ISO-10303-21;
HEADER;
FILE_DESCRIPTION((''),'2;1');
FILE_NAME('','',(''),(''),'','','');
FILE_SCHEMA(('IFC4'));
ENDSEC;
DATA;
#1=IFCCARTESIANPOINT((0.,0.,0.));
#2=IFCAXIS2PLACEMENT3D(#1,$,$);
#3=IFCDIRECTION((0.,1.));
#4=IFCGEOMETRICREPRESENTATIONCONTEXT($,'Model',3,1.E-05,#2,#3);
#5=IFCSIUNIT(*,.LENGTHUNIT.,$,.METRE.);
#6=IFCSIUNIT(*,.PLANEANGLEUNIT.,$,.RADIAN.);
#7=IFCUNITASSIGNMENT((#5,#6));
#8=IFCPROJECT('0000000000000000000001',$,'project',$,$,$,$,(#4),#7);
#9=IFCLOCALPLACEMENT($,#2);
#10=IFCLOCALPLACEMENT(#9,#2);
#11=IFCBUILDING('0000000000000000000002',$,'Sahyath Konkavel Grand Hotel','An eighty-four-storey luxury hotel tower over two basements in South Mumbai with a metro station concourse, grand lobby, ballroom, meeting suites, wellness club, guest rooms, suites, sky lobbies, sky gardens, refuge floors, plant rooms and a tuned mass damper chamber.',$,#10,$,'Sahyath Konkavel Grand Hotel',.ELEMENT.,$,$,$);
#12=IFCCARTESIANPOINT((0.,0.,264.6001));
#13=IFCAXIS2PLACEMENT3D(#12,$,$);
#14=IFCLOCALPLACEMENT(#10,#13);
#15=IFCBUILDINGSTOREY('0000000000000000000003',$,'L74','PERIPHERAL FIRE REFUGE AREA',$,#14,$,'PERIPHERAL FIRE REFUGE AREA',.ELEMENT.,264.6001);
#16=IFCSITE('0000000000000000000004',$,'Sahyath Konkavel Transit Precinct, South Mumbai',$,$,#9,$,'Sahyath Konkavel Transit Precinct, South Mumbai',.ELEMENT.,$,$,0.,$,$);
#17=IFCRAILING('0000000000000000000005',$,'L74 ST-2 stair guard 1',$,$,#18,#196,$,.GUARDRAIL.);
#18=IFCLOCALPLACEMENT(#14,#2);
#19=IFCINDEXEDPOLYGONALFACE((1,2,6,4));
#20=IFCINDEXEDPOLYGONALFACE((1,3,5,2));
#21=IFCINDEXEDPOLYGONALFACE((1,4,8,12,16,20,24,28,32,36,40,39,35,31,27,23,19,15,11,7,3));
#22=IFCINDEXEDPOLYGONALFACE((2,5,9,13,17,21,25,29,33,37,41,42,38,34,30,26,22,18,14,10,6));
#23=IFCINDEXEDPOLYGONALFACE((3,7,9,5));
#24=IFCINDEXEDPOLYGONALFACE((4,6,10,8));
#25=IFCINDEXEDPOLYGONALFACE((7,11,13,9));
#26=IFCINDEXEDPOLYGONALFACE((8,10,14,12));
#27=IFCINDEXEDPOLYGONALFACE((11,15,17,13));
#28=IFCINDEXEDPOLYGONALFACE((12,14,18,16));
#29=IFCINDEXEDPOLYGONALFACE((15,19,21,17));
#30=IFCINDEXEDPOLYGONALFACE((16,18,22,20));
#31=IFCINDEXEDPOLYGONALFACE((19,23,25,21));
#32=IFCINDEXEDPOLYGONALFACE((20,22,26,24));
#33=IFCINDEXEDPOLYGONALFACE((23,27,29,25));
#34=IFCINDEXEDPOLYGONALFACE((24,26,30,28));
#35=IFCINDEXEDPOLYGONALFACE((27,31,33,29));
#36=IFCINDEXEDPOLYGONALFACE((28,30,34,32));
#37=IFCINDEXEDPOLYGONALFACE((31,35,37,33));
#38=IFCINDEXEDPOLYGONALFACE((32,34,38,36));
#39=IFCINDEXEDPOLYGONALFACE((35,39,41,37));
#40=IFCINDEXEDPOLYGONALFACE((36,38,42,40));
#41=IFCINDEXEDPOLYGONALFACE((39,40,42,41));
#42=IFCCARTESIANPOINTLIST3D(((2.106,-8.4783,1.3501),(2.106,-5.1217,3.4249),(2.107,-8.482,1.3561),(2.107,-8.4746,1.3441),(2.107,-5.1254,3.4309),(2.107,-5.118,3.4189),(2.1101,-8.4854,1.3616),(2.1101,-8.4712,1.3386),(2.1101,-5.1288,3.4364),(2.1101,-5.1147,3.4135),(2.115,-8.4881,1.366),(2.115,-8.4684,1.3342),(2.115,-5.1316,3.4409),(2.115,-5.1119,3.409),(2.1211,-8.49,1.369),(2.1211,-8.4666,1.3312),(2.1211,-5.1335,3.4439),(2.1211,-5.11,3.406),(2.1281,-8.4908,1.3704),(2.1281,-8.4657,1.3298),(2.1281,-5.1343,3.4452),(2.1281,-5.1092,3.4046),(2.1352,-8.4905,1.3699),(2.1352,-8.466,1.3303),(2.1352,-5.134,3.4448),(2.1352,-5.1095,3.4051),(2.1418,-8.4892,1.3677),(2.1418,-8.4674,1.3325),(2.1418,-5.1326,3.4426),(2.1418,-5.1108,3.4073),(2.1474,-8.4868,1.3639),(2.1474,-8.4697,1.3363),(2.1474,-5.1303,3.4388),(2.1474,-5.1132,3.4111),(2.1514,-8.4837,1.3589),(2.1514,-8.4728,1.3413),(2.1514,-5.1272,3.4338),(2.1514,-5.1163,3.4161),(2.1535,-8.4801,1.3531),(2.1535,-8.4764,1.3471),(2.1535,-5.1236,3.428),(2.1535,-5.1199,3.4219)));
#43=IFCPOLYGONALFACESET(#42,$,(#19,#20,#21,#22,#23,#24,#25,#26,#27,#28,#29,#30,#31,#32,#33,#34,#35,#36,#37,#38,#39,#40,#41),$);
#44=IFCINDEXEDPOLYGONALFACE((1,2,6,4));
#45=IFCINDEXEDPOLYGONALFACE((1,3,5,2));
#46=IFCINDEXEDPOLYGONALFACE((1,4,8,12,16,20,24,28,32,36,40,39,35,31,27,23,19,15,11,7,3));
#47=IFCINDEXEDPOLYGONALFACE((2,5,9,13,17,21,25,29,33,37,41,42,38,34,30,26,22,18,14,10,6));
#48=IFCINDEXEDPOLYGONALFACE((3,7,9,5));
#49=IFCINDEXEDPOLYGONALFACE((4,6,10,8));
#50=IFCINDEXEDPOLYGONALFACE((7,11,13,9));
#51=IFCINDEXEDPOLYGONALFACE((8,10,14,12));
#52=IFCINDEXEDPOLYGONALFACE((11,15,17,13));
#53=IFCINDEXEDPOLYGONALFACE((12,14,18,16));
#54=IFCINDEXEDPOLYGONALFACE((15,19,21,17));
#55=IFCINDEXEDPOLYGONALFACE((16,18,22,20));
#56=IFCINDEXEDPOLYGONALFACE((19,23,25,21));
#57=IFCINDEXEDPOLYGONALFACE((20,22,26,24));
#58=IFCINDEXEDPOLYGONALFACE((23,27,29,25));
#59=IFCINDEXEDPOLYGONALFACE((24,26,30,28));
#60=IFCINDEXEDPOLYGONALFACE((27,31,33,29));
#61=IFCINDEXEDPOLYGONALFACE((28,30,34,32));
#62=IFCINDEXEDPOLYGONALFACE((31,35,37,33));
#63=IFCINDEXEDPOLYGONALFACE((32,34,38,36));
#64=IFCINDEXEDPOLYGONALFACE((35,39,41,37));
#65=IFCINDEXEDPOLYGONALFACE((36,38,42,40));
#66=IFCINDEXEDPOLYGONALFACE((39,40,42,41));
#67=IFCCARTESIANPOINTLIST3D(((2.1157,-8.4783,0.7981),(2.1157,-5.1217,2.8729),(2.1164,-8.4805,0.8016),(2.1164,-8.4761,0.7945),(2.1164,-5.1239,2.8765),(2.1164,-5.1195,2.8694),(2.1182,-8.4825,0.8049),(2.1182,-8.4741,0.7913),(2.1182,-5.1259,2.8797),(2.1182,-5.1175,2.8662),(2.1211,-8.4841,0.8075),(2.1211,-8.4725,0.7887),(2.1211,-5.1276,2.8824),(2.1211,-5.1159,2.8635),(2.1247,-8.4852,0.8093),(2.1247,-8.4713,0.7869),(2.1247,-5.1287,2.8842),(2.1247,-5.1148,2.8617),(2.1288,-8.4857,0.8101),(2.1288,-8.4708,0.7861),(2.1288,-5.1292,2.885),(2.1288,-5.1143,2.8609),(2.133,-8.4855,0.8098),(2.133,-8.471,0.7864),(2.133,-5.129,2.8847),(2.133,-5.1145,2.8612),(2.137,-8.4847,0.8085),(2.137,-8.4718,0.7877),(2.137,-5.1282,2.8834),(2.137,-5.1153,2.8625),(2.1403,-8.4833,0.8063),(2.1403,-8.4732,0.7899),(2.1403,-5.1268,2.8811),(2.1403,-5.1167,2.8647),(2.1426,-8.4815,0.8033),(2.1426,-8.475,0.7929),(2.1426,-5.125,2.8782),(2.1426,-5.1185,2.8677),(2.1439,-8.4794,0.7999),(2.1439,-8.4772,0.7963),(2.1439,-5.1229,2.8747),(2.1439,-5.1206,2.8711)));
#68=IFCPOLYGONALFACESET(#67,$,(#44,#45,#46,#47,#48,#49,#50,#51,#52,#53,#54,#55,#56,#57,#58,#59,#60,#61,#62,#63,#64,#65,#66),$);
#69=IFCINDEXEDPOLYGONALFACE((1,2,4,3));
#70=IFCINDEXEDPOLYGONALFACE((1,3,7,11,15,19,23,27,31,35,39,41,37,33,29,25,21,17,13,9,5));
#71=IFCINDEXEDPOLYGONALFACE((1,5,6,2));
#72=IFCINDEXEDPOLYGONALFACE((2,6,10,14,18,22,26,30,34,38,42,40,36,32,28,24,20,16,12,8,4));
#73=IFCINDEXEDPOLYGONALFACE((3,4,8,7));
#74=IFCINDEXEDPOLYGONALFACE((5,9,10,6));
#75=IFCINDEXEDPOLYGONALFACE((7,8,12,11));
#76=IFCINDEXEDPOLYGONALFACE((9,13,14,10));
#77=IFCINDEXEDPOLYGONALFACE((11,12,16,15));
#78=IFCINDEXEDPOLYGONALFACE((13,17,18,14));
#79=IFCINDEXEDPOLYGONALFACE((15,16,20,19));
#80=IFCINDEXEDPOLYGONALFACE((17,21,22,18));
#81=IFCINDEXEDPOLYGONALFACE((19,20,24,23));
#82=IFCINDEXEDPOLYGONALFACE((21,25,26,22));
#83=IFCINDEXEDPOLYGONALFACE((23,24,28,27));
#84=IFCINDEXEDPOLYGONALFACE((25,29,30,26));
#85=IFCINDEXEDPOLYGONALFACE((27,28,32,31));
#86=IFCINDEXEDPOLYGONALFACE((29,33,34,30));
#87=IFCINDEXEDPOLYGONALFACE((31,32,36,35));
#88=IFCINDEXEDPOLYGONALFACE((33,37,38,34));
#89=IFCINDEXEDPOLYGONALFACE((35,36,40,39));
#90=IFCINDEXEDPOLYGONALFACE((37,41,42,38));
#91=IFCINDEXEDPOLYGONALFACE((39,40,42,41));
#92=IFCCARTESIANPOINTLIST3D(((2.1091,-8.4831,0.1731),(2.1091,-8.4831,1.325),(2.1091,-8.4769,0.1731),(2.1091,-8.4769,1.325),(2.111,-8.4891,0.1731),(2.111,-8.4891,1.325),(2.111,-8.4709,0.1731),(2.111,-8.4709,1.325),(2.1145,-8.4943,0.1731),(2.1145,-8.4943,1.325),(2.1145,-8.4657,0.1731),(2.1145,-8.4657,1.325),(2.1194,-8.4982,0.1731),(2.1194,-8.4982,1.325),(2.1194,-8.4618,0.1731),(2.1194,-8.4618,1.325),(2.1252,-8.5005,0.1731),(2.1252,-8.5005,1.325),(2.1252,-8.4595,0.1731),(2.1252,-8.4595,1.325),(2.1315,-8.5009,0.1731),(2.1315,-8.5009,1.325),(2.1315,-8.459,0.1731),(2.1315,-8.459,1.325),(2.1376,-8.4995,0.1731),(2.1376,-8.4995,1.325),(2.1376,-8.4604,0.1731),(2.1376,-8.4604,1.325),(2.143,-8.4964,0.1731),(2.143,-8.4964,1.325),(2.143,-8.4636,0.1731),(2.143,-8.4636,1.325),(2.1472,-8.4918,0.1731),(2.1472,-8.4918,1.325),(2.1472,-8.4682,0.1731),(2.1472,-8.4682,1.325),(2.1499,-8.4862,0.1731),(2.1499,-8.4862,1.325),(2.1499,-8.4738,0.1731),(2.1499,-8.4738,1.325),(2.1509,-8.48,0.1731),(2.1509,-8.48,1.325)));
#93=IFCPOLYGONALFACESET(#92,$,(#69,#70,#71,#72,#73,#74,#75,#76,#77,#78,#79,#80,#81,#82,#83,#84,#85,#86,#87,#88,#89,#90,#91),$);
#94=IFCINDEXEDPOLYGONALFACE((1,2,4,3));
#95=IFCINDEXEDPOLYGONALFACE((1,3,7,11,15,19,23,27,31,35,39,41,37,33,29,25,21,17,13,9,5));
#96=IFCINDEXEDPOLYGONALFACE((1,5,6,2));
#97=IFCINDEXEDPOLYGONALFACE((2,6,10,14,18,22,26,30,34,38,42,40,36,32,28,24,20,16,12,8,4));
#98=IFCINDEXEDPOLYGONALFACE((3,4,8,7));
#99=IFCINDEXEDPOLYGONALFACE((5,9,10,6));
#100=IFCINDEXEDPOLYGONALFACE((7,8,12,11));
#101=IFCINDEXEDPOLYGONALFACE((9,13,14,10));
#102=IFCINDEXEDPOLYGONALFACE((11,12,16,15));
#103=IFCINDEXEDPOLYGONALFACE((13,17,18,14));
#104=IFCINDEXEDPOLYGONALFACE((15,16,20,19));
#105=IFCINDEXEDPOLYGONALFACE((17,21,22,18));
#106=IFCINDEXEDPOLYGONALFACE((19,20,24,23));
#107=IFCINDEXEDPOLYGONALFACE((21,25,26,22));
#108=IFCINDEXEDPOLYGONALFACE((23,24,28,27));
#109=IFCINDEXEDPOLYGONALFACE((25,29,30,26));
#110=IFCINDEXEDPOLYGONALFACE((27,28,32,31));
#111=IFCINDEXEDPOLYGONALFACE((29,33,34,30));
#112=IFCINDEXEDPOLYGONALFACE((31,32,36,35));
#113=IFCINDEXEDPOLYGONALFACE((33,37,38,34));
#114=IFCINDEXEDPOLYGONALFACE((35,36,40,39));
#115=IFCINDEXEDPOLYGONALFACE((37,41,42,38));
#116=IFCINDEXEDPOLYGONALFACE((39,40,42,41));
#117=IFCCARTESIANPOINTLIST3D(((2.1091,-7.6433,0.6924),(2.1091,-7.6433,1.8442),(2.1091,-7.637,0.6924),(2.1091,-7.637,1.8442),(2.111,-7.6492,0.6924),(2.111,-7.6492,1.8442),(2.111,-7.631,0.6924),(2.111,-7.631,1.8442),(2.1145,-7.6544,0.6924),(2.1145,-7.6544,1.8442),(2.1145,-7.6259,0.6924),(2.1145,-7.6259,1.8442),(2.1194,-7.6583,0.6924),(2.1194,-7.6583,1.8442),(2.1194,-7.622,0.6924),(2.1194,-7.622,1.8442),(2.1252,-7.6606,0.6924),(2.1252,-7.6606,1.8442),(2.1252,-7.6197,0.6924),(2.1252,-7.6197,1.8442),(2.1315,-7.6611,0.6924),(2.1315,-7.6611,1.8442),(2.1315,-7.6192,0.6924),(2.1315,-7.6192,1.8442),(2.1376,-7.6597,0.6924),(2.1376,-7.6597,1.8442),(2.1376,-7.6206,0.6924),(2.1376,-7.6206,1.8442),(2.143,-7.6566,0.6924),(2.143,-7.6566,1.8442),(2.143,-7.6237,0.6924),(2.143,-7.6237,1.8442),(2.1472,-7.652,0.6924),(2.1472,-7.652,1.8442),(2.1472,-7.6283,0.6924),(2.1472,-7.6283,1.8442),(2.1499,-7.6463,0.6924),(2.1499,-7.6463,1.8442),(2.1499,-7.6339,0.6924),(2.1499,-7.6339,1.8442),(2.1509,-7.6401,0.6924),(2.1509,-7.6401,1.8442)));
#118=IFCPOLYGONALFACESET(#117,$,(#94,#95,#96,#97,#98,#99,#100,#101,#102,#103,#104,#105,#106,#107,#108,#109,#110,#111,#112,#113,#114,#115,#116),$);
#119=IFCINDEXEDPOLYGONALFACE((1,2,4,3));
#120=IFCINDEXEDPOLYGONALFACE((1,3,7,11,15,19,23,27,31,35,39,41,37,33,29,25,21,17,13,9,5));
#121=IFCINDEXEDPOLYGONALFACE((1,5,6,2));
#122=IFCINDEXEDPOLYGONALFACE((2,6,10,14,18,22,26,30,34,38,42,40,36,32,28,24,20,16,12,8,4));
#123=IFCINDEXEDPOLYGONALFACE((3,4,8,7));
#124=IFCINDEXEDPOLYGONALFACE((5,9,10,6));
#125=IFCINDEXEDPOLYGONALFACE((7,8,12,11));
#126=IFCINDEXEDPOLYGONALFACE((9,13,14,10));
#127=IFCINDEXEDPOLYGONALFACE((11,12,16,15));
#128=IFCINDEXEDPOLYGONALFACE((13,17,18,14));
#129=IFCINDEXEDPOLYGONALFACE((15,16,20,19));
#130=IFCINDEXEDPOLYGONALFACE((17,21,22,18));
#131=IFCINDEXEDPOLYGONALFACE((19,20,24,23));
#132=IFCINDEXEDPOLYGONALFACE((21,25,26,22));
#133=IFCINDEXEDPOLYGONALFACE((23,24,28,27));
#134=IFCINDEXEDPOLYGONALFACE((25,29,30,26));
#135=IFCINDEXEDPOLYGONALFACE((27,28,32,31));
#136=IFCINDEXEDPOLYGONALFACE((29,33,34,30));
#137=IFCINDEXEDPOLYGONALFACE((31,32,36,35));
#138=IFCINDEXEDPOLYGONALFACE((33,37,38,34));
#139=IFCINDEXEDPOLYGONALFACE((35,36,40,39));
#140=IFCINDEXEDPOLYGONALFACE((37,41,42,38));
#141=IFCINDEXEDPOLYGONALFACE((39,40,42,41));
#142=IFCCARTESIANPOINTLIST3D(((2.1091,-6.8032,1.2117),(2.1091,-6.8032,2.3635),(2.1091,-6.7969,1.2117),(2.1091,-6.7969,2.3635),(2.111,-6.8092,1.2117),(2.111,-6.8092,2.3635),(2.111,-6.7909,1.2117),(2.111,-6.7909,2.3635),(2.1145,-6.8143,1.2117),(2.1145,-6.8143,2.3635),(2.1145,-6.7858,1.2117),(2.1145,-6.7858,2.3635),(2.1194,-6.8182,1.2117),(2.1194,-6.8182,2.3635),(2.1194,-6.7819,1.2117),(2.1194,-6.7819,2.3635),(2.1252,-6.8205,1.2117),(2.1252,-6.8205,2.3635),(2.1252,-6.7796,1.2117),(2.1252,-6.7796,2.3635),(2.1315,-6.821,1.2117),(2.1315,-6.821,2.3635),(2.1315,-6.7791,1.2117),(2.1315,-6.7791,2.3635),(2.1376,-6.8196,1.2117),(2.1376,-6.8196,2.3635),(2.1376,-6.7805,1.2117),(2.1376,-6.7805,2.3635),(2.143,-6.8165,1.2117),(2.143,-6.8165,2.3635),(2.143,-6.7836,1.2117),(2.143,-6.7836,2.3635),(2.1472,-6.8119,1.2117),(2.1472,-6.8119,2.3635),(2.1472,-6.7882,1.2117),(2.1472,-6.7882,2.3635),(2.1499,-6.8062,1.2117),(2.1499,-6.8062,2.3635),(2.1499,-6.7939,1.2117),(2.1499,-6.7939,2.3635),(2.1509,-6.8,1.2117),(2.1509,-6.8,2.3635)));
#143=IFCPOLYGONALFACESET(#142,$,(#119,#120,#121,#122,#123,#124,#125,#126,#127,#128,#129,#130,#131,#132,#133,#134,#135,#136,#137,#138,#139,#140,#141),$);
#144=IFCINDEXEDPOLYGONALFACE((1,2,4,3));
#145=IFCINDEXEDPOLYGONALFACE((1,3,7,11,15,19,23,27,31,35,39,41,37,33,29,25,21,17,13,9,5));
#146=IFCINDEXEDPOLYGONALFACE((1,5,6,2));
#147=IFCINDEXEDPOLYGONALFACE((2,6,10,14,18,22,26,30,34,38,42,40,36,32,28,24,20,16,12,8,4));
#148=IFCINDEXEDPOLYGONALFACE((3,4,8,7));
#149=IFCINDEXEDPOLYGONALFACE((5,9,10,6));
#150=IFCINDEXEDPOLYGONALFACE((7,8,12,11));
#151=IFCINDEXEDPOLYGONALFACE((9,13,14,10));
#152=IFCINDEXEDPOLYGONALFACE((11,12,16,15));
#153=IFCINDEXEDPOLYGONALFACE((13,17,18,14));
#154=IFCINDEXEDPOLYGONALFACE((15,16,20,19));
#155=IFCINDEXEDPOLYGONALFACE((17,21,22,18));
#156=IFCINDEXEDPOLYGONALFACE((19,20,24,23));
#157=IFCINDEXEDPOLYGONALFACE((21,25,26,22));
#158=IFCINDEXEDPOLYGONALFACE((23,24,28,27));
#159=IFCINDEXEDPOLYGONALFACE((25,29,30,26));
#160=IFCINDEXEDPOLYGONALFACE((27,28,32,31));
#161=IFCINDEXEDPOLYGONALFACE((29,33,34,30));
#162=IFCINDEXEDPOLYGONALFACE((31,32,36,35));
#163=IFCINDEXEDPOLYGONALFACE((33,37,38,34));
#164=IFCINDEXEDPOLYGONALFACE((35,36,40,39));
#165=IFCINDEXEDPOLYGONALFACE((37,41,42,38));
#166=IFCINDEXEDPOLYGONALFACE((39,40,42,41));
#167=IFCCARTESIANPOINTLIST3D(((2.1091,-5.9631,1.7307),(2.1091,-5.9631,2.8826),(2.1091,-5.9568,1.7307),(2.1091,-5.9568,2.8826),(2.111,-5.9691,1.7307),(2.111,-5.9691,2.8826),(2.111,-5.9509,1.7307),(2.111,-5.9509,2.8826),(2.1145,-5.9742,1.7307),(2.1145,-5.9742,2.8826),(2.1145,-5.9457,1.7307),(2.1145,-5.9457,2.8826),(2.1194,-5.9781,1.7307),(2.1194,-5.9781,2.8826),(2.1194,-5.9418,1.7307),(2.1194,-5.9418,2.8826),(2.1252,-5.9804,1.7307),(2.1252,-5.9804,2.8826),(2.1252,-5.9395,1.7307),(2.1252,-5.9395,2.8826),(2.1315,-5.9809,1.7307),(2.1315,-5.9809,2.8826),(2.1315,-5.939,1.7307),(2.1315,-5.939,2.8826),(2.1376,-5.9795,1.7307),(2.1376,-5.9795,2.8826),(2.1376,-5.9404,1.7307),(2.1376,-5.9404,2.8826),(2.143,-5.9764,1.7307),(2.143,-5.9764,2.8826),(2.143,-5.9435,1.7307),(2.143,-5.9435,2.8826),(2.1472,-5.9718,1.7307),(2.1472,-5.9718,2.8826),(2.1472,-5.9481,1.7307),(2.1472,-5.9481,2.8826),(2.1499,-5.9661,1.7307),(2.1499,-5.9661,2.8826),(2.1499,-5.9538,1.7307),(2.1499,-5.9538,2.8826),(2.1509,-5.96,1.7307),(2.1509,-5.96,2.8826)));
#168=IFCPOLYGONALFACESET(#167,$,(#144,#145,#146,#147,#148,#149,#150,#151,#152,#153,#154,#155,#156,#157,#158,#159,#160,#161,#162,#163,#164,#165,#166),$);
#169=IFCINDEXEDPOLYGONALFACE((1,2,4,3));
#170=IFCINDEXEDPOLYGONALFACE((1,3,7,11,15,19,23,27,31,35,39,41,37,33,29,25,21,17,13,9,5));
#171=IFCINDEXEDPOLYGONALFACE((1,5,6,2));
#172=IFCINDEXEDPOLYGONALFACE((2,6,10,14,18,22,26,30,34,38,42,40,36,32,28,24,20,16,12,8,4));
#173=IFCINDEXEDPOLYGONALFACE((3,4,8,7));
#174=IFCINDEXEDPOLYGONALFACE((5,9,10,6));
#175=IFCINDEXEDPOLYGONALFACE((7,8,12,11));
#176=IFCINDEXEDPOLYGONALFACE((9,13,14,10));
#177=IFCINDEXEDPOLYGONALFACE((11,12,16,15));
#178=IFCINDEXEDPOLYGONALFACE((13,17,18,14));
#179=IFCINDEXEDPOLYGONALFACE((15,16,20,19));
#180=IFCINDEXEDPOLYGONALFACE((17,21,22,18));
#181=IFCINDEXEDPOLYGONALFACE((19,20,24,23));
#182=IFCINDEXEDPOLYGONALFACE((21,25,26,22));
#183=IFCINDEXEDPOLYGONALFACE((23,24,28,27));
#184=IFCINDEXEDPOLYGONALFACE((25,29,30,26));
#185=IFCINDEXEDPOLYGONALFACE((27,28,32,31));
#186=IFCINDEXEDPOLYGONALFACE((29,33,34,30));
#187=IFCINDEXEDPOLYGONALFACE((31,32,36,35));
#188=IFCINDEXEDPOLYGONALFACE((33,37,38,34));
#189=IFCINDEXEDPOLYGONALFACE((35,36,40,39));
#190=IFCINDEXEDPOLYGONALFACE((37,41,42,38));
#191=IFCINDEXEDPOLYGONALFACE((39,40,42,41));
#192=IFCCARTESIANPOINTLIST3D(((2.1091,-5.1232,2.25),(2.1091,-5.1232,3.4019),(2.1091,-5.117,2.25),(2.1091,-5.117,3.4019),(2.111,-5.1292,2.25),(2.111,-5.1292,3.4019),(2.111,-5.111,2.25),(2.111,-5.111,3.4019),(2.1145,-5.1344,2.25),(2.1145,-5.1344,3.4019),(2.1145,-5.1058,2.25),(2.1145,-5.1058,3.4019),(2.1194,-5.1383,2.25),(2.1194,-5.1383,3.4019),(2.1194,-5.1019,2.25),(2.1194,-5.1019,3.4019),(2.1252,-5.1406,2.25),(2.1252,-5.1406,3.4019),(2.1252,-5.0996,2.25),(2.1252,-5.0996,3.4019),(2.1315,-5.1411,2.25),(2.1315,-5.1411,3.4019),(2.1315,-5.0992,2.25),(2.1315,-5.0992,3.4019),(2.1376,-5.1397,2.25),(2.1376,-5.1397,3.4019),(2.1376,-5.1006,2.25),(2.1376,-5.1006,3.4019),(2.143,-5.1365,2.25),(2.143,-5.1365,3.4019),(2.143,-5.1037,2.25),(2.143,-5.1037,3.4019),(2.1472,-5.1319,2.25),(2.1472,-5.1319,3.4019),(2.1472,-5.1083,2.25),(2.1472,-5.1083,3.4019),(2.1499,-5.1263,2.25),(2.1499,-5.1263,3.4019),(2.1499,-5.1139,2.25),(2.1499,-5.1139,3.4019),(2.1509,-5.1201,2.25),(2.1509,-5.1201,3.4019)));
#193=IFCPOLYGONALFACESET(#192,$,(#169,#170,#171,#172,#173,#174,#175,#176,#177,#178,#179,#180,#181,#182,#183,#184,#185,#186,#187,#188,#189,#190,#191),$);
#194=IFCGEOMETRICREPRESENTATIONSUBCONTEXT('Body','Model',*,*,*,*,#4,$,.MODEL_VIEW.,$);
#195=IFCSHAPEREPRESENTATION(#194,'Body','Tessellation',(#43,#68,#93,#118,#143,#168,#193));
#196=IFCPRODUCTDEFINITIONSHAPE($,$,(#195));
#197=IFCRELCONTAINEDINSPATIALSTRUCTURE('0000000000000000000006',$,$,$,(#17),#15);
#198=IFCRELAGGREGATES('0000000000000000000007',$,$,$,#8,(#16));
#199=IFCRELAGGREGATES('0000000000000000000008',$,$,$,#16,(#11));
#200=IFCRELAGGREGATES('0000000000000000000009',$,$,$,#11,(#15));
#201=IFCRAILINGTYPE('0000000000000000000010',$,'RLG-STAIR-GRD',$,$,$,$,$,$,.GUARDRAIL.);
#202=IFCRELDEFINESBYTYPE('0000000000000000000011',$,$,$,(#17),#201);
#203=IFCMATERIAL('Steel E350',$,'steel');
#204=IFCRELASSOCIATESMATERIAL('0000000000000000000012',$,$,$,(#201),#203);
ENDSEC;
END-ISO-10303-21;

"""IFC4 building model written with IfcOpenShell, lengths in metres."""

from ifc_helpers import new_model, si_unit, direction, frame, origin, origin_2d, place, context, subcontext, project, spatial, circle, extrude, material, type_object, element, save


model = new_model("IFC4")

# Units and contexts
model_context = context("Model", 3, precision=1e-05, world=origin(), true_north=direction((0.0, 1.0)))
body_context = subcontext(model_context, "Body", "Model", "MODEL_VIEW")
ifc_project = project(units=[si_unit("LENGTHUNIT", "METRE"), si_unit("PLANEANGLEUNIT", "RADIAN")], contexts=[model_context])

# Site, building, storey
site_placement = place(None, origin())
site = spatial("IfcSite", under=ifc_project, at=site_placement, Name="Sahyath Konkavel Transit Precinct, South Mumbai", LongName="Sahyath Konkavel Transit Precinct, South Mumbai", CompositionType="ELEMENT", RefElevation=0.0)
building_placement = place(site_placement, origin())
building = spatial("IfcBuilding", under=site, at=building_placement, Name="Sahyath Konkavel Grand Hotel", Description="An eighty-four-storey luxury hotel tower over two basements in South Mumbai with a metro station concourse, grand lobby, ballroom, meeting suites, wellness club, guest rooms, suites, sky lobbies, sky gardens, refuge floors, plant rooms and a tuned mass damper chamber.", LongName="Sahyath Konkavel Grand Hotel", CompositionType="ELEMENT")
storey_placement = place(building_placement, frame((0.0, 0.0, 264.6001)))
storey = spatial("IfcBuildingStorey", under=building, at=storey_placement, Name="L74", Description="PERIPHERAL FIRE REFUGE AREA", LongName="PERIPHERAL FIRE REFUGE AREA", CompositionType="ELEMENT", Elevation=264.6001)

# Shared definitions
ifc_material_1 = material(Name="Steel E350", Category="steel")

# Railing
railing_type_1 = type_object("IfcRailingType", Name="RLG-STAIR-GRD", PredefinedType="GUARDRAIL", material=ifc_material_1)
railing_1_placement = place(storey_placement, frame((2.1299, -8.48, 0.1731)))
element("IfcRailing", 1, at=railing_1_placement, inside=storey, type_object=railing_type_1, Name="L74 ST-2 stair guard 1", PredefinedType="GUARDRAIL", context=body_context, shape_type="SweptSolid", body=[
    extrude(circle(Radius=0.0239, at=origin_2d()), frame((0.0, 0.0017, 1.177), z_axis=(0.0, 0.850606, 0.525803), x_axis=(-1.0, 0.0, 0.0)), (0.0, 0.0, 1.0), 3.946),
    extrude(circle(Radius=0.0142, at=origin_2d()), frame((0.0, 0.0017, 0.625), z_axis=(0.0, 0.850606, 0.525803), x_axis=(-1.0, 0.0, 0.0)), (0.0, 0.0, 1.0), 3.946),
    extrude(circle(Radius=0.021, at=origin_2d()), origin(), (0.0, 0.0, 1.0), 1.1519),
    extrude(circle(Radius=0.021, at=origin_2d()), frame((0.0, 0.8398, 0.5193)), (0.0, 0.0, 1.0), 1.1519),
    extrude(circle(Radius=0.021, at=origin_2d()), frame((0.0, 1.6799, 1.0386)), (0.0, 0.0, 1.0), 1.1519),
    extrude(circle(Radius=0.021, at=origin_2d()), frame((0.0, 2.52, 1.5576)), (0.0, 0.0, 1.0), 1.1519),
    extrude(circle(Radius=0.021, at=origin_2d()), frame((0.0, 3.3599, 2.0769)), (0.0, 0.0, 1.0), 1.1519),
])

save(model, "model.ifc")
